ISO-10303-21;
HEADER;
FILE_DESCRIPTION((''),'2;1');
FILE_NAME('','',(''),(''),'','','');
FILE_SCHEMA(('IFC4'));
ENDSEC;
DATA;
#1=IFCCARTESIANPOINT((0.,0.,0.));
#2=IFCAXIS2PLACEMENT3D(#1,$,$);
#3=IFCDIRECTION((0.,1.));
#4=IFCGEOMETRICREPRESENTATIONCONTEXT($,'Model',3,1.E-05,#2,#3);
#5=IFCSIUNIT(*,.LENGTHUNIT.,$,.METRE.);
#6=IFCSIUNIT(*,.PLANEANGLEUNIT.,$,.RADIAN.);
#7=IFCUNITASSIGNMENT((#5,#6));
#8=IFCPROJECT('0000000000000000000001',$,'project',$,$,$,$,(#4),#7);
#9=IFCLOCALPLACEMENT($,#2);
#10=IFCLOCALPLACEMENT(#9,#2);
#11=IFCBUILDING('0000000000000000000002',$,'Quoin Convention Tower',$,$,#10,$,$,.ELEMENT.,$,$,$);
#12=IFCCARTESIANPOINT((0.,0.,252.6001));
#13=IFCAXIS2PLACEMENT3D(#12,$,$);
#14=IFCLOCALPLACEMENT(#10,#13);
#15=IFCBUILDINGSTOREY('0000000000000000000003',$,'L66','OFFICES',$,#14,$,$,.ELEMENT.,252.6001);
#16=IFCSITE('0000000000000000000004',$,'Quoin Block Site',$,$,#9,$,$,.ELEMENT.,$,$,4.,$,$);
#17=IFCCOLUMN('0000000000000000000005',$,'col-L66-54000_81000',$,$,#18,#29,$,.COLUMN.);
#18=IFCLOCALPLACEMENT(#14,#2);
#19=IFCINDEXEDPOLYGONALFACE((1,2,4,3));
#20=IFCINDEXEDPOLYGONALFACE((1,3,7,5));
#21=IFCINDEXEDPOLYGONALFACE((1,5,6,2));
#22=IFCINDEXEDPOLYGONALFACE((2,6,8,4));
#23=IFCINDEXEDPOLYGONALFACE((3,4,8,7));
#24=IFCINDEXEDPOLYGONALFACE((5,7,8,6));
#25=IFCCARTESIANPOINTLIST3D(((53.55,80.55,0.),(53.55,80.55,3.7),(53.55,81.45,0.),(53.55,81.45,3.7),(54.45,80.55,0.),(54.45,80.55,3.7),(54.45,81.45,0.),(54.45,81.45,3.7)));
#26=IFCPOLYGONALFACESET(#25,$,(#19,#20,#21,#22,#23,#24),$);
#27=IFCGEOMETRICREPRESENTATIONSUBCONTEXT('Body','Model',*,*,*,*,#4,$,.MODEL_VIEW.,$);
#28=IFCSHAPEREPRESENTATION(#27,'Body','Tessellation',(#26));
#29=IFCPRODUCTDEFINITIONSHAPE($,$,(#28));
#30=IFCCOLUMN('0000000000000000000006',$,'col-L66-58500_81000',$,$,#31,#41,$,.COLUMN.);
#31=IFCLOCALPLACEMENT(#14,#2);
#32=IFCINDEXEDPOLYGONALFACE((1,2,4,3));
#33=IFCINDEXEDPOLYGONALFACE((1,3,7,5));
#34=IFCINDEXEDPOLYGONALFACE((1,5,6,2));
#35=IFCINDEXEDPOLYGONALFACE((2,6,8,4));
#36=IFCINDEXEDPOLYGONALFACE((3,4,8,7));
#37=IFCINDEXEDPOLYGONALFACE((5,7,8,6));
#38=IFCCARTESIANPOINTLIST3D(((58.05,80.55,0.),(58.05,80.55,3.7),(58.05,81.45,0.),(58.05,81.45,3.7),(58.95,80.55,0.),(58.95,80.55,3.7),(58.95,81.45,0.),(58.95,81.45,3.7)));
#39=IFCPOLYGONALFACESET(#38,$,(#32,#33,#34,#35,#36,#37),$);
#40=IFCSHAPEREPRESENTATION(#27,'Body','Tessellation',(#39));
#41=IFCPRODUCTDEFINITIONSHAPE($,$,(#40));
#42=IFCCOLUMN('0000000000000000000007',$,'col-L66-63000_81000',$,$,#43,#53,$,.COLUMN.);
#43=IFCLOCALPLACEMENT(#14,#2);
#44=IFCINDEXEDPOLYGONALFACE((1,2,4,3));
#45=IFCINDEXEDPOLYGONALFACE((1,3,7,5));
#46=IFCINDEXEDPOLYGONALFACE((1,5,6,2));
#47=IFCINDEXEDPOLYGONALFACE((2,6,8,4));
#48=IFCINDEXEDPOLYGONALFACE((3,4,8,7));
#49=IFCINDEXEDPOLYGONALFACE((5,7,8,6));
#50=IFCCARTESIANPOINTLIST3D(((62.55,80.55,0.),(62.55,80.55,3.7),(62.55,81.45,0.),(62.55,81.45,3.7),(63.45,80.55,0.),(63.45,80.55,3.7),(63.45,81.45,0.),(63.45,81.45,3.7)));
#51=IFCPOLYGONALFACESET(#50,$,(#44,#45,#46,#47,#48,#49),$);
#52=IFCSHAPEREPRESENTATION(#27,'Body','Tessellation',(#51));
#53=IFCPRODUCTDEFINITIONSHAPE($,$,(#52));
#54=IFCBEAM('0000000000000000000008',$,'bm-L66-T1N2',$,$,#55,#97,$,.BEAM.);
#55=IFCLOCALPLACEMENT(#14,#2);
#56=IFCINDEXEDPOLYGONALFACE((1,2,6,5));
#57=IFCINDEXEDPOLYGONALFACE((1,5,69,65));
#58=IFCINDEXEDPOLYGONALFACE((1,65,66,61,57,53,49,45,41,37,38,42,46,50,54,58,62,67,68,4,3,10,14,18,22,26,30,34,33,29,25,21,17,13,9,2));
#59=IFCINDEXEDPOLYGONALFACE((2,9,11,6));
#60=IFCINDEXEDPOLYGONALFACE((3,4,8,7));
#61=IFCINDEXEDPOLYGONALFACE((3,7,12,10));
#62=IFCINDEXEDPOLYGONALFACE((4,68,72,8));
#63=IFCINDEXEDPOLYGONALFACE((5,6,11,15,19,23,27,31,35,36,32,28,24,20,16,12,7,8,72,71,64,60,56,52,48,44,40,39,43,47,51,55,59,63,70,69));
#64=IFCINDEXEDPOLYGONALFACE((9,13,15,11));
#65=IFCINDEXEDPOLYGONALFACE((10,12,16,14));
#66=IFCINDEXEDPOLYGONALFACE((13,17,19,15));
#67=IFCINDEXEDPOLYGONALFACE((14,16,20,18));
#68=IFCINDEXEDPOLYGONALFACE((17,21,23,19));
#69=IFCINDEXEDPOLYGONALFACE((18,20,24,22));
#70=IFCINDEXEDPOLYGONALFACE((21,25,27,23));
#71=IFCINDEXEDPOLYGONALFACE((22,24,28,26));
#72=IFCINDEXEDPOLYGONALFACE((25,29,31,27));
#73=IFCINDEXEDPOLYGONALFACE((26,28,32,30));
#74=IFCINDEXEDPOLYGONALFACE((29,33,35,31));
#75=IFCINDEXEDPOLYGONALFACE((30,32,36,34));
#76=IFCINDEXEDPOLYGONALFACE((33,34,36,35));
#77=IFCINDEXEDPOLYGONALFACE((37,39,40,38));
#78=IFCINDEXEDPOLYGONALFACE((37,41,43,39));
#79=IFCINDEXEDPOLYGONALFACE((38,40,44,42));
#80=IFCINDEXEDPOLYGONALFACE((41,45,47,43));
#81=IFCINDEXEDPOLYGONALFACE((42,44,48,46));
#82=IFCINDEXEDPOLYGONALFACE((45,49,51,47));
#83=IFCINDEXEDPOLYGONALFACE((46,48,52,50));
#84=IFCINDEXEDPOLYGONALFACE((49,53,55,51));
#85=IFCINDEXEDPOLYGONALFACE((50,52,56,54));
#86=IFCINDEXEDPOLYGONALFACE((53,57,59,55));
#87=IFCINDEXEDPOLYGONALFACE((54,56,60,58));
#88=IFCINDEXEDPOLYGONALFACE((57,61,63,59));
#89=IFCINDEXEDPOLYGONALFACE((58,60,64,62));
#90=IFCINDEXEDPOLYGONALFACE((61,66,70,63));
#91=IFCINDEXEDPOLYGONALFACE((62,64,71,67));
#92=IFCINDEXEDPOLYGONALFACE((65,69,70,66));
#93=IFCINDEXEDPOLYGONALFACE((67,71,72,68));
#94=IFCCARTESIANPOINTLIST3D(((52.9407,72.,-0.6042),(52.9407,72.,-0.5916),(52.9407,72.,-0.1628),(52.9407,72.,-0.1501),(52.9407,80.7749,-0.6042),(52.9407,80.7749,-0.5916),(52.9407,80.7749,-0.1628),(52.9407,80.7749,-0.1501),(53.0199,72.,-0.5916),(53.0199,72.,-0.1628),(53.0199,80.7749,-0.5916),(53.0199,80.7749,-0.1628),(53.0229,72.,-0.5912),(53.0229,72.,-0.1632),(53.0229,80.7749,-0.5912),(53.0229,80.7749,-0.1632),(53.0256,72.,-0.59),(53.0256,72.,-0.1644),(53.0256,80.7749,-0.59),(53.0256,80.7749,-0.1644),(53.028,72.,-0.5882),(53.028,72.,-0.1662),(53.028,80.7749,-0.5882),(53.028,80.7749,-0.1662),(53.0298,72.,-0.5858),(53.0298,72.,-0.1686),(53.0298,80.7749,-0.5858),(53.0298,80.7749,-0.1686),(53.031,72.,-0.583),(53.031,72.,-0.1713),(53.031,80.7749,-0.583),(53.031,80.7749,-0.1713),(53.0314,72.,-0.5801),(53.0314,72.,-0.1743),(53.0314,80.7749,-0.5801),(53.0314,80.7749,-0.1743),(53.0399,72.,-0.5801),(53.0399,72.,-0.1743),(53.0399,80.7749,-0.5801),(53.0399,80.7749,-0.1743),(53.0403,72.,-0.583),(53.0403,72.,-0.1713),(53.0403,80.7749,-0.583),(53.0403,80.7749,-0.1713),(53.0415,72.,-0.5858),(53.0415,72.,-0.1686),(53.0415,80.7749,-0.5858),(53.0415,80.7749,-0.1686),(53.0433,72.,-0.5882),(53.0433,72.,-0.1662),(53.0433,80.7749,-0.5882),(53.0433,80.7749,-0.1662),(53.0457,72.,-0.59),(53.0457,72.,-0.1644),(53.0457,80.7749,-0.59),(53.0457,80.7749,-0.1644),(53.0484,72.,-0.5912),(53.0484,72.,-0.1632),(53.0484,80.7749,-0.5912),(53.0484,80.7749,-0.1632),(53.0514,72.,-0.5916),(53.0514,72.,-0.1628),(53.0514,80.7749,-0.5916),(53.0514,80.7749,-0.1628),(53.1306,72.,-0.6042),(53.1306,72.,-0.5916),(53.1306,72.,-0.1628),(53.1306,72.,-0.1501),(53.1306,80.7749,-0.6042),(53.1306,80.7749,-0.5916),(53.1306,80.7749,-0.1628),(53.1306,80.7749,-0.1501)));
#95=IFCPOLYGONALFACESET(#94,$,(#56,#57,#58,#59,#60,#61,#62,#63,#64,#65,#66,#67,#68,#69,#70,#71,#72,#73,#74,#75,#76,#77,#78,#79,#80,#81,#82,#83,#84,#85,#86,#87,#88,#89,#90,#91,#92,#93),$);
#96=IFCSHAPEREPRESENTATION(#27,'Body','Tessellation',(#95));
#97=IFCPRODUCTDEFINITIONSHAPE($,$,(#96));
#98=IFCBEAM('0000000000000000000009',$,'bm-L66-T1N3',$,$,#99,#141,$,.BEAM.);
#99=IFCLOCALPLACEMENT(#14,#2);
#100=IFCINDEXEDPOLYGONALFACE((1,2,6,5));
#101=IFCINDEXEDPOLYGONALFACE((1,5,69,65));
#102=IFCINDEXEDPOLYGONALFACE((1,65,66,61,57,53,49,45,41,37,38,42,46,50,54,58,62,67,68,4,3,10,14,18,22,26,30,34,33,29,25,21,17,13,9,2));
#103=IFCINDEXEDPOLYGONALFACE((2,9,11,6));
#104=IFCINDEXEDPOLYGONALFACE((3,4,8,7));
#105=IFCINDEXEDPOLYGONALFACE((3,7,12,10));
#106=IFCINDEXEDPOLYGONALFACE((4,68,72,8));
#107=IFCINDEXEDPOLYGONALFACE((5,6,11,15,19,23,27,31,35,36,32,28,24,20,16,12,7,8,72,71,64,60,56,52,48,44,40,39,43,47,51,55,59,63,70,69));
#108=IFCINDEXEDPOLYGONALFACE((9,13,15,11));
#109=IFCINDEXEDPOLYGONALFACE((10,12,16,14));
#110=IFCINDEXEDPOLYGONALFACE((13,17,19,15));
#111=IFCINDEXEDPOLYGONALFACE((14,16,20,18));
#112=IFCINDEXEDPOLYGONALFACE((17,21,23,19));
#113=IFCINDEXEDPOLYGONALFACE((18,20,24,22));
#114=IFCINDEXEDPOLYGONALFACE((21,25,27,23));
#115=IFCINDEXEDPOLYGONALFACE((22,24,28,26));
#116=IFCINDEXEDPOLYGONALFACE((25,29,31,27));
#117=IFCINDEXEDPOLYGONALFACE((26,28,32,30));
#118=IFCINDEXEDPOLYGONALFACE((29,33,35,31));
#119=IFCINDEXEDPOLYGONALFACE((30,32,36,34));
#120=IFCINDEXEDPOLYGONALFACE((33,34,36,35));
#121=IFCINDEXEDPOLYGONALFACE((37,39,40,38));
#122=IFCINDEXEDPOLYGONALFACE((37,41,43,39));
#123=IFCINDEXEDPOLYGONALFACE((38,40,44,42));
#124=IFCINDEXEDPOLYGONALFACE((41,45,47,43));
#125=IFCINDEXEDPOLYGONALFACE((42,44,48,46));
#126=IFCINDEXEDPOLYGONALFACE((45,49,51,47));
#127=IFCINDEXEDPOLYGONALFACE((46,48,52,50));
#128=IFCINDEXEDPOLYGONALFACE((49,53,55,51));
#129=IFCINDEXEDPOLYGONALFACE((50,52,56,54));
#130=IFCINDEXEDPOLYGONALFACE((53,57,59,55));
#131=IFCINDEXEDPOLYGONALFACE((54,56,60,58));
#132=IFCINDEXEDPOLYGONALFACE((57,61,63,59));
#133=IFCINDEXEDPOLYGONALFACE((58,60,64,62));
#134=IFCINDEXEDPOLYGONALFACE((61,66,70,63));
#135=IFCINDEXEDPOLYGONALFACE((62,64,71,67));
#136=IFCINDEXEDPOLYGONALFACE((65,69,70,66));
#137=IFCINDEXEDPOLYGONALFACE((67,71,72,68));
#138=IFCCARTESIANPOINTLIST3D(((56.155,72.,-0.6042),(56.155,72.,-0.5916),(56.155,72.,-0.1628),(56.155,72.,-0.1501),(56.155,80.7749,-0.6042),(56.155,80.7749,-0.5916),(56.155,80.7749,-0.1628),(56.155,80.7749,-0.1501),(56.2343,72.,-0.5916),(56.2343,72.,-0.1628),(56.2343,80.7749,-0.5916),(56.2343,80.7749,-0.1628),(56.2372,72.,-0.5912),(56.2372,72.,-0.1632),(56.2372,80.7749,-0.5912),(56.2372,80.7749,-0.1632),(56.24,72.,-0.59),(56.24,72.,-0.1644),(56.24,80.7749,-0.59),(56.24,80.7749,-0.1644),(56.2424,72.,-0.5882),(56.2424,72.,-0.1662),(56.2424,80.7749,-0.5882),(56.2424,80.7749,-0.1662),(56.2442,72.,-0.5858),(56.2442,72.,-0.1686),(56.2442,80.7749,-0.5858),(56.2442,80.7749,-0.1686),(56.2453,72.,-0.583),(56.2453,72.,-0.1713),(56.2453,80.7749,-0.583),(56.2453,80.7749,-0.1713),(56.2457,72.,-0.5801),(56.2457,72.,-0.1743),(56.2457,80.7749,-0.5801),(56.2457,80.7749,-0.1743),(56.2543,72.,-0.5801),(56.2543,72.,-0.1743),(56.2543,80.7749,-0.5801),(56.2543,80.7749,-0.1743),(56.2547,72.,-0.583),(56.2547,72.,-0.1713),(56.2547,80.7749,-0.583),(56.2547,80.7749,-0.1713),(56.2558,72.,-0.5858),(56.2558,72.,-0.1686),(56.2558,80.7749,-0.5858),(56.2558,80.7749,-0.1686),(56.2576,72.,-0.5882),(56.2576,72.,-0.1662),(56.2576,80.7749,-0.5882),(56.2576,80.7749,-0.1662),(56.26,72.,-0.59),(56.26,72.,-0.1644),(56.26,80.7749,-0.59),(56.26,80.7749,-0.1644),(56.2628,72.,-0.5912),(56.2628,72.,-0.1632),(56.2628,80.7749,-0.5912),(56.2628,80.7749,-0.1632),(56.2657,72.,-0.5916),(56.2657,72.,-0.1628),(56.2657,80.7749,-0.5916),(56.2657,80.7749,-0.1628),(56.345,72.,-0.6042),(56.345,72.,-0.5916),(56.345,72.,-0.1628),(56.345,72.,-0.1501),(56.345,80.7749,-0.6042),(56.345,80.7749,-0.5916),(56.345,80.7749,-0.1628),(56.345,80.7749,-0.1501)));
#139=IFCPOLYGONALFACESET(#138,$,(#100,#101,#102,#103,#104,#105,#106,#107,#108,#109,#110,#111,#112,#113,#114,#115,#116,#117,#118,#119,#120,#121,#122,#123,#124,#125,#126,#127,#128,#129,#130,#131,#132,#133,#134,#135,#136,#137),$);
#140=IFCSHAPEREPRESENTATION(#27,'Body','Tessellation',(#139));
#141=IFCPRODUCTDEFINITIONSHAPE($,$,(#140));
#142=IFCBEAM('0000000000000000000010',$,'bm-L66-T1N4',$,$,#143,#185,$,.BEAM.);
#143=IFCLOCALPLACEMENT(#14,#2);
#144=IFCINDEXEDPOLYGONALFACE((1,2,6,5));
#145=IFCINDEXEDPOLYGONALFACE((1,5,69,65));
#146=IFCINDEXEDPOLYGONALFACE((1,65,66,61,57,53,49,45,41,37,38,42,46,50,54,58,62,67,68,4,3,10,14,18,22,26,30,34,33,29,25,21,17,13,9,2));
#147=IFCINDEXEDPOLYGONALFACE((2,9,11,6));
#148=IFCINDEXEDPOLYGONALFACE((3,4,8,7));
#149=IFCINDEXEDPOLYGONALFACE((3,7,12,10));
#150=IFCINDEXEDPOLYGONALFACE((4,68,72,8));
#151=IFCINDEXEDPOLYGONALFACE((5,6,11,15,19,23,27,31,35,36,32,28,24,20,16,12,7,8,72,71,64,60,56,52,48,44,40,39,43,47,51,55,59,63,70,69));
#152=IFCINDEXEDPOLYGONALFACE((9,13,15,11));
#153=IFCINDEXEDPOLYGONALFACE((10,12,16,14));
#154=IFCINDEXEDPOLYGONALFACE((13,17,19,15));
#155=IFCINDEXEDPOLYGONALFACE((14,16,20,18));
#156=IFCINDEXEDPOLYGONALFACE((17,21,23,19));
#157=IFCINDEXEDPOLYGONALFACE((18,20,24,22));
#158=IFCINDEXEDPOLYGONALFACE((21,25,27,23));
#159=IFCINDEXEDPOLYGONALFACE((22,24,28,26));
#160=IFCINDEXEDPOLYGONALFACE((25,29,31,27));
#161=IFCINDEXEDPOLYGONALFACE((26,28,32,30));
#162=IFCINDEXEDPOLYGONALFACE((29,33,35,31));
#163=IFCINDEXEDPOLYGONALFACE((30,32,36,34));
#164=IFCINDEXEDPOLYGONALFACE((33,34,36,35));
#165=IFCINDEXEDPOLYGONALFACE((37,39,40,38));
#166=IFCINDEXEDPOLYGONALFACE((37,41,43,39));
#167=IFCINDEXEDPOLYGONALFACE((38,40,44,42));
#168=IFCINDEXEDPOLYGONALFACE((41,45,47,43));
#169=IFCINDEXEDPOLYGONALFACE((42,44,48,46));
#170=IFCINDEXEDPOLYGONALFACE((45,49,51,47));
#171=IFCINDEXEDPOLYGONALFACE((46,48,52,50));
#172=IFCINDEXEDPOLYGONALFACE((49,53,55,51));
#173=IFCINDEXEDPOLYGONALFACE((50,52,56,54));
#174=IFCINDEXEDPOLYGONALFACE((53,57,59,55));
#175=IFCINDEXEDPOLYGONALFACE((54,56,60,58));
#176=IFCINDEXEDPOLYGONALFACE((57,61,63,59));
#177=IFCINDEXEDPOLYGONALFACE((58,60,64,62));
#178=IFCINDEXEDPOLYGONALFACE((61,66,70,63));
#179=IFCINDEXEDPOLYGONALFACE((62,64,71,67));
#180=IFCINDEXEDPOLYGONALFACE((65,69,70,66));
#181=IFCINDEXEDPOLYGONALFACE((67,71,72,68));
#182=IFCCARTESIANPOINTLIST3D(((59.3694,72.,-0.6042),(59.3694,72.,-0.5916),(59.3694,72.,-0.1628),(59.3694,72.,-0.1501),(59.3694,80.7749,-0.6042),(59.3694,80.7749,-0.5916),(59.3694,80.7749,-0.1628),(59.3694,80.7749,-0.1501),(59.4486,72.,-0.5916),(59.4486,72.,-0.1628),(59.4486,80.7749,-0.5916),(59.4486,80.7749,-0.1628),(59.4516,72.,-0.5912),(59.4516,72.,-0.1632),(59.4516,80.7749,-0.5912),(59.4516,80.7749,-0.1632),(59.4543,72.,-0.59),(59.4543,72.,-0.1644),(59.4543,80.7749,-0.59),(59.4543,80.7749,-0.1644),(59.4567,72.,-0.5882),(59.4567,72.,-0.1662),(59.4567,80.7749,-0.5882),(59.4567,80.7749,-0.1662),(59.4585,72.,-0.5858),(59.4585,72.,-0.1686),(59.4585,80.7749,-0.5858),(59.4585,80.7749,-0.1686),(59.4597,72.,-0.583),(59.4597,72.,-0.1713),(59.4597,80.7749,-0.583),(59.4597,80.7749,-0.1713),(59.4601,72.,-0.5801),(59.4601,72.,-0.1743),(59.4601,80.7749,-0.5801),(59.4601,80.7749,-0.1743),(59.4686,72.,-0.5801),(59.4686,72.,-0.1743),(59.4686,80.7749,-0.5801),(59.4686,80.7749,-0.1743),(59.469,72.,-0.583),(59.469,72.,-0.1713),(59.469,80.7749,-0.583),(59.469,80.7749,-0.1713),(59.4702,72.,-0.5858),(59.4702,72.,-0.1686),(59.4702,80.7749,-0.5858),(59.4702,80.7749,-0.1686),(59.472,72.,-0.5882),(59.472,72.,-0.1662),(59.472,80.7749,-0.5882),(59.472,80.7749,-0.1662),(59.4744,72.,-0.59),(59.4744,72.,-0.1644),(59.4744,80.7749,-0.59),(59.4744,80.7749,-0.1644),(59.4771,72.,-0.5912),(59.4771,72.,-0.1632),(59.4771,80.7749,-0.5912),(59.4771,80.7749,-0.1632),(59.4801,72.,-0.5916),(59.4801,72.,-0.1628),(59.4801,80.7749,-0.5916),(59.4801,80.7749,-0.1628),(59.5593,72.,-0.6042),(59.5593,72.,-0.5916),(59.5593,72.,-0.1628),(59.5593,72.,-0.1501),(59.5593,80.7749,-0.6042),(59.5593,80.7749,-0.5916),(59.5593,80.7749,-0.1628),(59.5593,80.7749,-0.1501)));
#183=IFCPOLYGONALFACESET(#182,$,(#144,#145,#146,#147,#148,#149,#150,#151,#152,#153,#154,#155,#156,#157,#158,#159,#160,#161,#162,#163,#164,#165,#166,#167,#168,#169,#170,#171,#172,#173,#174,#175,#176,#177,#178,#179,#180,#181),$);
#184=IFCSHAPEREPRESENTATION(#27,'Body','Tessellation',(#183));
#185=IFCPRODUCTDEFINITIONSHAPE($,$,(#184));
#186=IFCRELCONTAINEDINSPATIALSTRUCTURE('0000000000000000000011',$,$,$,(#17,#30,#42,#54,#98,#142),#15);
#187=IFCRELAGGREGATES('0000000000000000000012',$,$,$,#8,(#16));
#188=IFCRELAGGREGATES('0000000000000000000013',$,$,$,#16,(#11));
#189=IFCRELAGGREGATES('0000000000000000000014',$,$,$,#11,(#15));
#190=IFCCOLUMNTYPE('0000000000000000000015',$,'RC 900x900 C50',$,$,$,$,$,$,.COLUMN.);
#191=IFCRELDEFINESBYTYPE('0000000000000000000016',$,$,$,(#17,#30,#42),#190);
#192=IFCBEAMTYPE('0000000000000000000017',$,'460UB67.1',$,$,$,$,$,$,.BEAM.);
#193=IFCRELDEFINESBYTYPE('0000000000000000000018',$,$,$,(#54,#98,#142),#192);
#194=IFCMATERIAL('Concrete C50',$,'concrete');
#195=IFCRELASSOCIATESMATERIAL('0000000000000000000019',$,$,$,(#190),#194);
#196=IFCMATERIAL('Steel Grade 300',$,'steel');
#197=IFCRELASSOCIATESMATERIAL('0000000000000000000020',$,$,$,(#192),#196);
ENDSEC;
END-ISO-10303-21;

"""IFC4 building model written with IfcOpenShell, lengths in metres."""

from ifc_helpers import new_model, si_unit, direction, frame, origin, origin_2d, place, context, subcontext, project, spatial, rectangle, i_section, extrude, material, material_profile, profile_set, type_object, element, save


model = new_model("IFC4")

# Units and contexts
model_context = context("Model", 3, precision=1e-05, world=origin(), true_north=direction((0.0, 1.0)))
body_context = subcontext(model_context, "Body", "Model", "MODEL_VIEW")
ifc_project = project(units=[si_unit("LENGTHUNIT", "METRE"), si_unit("PLANEANGLEUNIT", "RADIAN")], contexts=[model_context])

# Site, building, storey
site_placement = place(None, origin())
site = spatial("IfcSite", under=ifc_project, at=site_placement, Name="Quoin Block Site", CompositionType="ELEMENT", RefElevation=4.0)
building_placement = place(site_placement, origin())
building = spatial("IfcBuilding", under=site, at=building_placement, Name="Quoin Convention Tower", CompositionType="ELEMENT")
storey_placement = place(building_placement, frame((0.0, 0.0, 252.6001)))
storey = spatial("IfcBuildingStorey", under=building, at=storey_placement, Name="L66", Description="OFFICES", CompositionType="ELEMENT", Elevation=252.6001)

# Columns
ifc_material_1 = material(Name="Concrete C50", Category="concrete")
ifc_material_profile_1 = material_profile(ifc_material_1, rectangle(XDim=0.8999, YDim=0.8999, at=origin_2d()), Name="RC 900x900")
ifc_profile_set_1 = profile_set([ifc_material_profile_1], Name="Concrete C50")
column_type = type_object("IfcColumnType", Name="RC 900x900 C50", PredefinedType="COLUMN", material=ifc_profile_set_1)
for number, where, z_axis, x_axis, name in (
    (1, (54.0, 81.0, 0.0), (0.0, 0.0, 1.0), (1.0, 0.0, 0.0), "col-L66-54000_81000"),
    (2, (58.5, 81.0, 0.0), (0.0, 0.0, 1.0), (1.0, 0.0, 0.0), "col-L66-58500_81000"),
    (3, (63.0, 81.0, 0.0), (0.0, 0.0, 1.0), (1.0, 0.0, 0.0), "col-L66-63000_81000"),
):
    element("IfcColumn", number, at=place(storey_placement, frame(where, z_axis=z_axis, x_axis=x_axis)), inside=storey, type_object=column_type, Name=name, PredefinedType="COLUMN", context=body_context, shape_type="SweptSolid", body=[
        extrude(rectangle(XDim=0.8999, YDim=0.8999, at=origin_2d()), origin(), (0.0, 0.0, 1.0), 3.7),
    ])

# Beams
ifc_material_2 = material(Name="Steel Grade 300", Category="steel")
ifc_material_profile_2 = material_profile(ifc_material_2, i_section(OverallWidth=0.1899, OverallDepth=0.4541, WebThickness=0.0085, FlangeThickness=0.0127, FilletRadius=0.0115, at=origin_2d()), Name="460UB67.1")
ifc_profile_set_2 = profile_set([ifc_material_profile_2], Name="Steel Grade 300")
beam_type_1 = type_object("IfcBeamType", Name="460UB67.1", PredefinedType="BEAM", material=ifc_profile_set_2)
for number, where, z_axis, x_axis, name in (
    (4, (53.0356, 72.0, -0.3772), (0.0, 1.0, 0.0), (-1.0, 0.0, 0.0), "bm-L66-T1N2"),
    (5, (56.25, 72.0, -0.3772), (0.0, 1.0, 0.0), (-1.0, 0.0, 0.0), "bm-L66-T1N3"),
    (6, (59.4644, 72.0, -0.3772), (0.0, 1.0, 0.0), (-1.0, 0.0, 0.0), "bm-L66-T1N4"),
):
    element("IfcBeam", number, at=place(storey_placement, frame(where, z_axis=z_axis, x_axis=x_axis)), inside=storey, type_object=beam_type_1, Name=name, PredefinedType="BEAM", context=body_context, shape_type="SweptSolid", body=[
        extrude(i_section(OverallWidth=0.1899, OverallDepth=0.4541, WebThickness=0.0085, FlangeThickness=0.0127, FilletRadius=0.0115, at=origin_2d()), origin(), (0.0, 0.0, 1.0), 8.7749),
    ])

save(model, "model.ifc")
